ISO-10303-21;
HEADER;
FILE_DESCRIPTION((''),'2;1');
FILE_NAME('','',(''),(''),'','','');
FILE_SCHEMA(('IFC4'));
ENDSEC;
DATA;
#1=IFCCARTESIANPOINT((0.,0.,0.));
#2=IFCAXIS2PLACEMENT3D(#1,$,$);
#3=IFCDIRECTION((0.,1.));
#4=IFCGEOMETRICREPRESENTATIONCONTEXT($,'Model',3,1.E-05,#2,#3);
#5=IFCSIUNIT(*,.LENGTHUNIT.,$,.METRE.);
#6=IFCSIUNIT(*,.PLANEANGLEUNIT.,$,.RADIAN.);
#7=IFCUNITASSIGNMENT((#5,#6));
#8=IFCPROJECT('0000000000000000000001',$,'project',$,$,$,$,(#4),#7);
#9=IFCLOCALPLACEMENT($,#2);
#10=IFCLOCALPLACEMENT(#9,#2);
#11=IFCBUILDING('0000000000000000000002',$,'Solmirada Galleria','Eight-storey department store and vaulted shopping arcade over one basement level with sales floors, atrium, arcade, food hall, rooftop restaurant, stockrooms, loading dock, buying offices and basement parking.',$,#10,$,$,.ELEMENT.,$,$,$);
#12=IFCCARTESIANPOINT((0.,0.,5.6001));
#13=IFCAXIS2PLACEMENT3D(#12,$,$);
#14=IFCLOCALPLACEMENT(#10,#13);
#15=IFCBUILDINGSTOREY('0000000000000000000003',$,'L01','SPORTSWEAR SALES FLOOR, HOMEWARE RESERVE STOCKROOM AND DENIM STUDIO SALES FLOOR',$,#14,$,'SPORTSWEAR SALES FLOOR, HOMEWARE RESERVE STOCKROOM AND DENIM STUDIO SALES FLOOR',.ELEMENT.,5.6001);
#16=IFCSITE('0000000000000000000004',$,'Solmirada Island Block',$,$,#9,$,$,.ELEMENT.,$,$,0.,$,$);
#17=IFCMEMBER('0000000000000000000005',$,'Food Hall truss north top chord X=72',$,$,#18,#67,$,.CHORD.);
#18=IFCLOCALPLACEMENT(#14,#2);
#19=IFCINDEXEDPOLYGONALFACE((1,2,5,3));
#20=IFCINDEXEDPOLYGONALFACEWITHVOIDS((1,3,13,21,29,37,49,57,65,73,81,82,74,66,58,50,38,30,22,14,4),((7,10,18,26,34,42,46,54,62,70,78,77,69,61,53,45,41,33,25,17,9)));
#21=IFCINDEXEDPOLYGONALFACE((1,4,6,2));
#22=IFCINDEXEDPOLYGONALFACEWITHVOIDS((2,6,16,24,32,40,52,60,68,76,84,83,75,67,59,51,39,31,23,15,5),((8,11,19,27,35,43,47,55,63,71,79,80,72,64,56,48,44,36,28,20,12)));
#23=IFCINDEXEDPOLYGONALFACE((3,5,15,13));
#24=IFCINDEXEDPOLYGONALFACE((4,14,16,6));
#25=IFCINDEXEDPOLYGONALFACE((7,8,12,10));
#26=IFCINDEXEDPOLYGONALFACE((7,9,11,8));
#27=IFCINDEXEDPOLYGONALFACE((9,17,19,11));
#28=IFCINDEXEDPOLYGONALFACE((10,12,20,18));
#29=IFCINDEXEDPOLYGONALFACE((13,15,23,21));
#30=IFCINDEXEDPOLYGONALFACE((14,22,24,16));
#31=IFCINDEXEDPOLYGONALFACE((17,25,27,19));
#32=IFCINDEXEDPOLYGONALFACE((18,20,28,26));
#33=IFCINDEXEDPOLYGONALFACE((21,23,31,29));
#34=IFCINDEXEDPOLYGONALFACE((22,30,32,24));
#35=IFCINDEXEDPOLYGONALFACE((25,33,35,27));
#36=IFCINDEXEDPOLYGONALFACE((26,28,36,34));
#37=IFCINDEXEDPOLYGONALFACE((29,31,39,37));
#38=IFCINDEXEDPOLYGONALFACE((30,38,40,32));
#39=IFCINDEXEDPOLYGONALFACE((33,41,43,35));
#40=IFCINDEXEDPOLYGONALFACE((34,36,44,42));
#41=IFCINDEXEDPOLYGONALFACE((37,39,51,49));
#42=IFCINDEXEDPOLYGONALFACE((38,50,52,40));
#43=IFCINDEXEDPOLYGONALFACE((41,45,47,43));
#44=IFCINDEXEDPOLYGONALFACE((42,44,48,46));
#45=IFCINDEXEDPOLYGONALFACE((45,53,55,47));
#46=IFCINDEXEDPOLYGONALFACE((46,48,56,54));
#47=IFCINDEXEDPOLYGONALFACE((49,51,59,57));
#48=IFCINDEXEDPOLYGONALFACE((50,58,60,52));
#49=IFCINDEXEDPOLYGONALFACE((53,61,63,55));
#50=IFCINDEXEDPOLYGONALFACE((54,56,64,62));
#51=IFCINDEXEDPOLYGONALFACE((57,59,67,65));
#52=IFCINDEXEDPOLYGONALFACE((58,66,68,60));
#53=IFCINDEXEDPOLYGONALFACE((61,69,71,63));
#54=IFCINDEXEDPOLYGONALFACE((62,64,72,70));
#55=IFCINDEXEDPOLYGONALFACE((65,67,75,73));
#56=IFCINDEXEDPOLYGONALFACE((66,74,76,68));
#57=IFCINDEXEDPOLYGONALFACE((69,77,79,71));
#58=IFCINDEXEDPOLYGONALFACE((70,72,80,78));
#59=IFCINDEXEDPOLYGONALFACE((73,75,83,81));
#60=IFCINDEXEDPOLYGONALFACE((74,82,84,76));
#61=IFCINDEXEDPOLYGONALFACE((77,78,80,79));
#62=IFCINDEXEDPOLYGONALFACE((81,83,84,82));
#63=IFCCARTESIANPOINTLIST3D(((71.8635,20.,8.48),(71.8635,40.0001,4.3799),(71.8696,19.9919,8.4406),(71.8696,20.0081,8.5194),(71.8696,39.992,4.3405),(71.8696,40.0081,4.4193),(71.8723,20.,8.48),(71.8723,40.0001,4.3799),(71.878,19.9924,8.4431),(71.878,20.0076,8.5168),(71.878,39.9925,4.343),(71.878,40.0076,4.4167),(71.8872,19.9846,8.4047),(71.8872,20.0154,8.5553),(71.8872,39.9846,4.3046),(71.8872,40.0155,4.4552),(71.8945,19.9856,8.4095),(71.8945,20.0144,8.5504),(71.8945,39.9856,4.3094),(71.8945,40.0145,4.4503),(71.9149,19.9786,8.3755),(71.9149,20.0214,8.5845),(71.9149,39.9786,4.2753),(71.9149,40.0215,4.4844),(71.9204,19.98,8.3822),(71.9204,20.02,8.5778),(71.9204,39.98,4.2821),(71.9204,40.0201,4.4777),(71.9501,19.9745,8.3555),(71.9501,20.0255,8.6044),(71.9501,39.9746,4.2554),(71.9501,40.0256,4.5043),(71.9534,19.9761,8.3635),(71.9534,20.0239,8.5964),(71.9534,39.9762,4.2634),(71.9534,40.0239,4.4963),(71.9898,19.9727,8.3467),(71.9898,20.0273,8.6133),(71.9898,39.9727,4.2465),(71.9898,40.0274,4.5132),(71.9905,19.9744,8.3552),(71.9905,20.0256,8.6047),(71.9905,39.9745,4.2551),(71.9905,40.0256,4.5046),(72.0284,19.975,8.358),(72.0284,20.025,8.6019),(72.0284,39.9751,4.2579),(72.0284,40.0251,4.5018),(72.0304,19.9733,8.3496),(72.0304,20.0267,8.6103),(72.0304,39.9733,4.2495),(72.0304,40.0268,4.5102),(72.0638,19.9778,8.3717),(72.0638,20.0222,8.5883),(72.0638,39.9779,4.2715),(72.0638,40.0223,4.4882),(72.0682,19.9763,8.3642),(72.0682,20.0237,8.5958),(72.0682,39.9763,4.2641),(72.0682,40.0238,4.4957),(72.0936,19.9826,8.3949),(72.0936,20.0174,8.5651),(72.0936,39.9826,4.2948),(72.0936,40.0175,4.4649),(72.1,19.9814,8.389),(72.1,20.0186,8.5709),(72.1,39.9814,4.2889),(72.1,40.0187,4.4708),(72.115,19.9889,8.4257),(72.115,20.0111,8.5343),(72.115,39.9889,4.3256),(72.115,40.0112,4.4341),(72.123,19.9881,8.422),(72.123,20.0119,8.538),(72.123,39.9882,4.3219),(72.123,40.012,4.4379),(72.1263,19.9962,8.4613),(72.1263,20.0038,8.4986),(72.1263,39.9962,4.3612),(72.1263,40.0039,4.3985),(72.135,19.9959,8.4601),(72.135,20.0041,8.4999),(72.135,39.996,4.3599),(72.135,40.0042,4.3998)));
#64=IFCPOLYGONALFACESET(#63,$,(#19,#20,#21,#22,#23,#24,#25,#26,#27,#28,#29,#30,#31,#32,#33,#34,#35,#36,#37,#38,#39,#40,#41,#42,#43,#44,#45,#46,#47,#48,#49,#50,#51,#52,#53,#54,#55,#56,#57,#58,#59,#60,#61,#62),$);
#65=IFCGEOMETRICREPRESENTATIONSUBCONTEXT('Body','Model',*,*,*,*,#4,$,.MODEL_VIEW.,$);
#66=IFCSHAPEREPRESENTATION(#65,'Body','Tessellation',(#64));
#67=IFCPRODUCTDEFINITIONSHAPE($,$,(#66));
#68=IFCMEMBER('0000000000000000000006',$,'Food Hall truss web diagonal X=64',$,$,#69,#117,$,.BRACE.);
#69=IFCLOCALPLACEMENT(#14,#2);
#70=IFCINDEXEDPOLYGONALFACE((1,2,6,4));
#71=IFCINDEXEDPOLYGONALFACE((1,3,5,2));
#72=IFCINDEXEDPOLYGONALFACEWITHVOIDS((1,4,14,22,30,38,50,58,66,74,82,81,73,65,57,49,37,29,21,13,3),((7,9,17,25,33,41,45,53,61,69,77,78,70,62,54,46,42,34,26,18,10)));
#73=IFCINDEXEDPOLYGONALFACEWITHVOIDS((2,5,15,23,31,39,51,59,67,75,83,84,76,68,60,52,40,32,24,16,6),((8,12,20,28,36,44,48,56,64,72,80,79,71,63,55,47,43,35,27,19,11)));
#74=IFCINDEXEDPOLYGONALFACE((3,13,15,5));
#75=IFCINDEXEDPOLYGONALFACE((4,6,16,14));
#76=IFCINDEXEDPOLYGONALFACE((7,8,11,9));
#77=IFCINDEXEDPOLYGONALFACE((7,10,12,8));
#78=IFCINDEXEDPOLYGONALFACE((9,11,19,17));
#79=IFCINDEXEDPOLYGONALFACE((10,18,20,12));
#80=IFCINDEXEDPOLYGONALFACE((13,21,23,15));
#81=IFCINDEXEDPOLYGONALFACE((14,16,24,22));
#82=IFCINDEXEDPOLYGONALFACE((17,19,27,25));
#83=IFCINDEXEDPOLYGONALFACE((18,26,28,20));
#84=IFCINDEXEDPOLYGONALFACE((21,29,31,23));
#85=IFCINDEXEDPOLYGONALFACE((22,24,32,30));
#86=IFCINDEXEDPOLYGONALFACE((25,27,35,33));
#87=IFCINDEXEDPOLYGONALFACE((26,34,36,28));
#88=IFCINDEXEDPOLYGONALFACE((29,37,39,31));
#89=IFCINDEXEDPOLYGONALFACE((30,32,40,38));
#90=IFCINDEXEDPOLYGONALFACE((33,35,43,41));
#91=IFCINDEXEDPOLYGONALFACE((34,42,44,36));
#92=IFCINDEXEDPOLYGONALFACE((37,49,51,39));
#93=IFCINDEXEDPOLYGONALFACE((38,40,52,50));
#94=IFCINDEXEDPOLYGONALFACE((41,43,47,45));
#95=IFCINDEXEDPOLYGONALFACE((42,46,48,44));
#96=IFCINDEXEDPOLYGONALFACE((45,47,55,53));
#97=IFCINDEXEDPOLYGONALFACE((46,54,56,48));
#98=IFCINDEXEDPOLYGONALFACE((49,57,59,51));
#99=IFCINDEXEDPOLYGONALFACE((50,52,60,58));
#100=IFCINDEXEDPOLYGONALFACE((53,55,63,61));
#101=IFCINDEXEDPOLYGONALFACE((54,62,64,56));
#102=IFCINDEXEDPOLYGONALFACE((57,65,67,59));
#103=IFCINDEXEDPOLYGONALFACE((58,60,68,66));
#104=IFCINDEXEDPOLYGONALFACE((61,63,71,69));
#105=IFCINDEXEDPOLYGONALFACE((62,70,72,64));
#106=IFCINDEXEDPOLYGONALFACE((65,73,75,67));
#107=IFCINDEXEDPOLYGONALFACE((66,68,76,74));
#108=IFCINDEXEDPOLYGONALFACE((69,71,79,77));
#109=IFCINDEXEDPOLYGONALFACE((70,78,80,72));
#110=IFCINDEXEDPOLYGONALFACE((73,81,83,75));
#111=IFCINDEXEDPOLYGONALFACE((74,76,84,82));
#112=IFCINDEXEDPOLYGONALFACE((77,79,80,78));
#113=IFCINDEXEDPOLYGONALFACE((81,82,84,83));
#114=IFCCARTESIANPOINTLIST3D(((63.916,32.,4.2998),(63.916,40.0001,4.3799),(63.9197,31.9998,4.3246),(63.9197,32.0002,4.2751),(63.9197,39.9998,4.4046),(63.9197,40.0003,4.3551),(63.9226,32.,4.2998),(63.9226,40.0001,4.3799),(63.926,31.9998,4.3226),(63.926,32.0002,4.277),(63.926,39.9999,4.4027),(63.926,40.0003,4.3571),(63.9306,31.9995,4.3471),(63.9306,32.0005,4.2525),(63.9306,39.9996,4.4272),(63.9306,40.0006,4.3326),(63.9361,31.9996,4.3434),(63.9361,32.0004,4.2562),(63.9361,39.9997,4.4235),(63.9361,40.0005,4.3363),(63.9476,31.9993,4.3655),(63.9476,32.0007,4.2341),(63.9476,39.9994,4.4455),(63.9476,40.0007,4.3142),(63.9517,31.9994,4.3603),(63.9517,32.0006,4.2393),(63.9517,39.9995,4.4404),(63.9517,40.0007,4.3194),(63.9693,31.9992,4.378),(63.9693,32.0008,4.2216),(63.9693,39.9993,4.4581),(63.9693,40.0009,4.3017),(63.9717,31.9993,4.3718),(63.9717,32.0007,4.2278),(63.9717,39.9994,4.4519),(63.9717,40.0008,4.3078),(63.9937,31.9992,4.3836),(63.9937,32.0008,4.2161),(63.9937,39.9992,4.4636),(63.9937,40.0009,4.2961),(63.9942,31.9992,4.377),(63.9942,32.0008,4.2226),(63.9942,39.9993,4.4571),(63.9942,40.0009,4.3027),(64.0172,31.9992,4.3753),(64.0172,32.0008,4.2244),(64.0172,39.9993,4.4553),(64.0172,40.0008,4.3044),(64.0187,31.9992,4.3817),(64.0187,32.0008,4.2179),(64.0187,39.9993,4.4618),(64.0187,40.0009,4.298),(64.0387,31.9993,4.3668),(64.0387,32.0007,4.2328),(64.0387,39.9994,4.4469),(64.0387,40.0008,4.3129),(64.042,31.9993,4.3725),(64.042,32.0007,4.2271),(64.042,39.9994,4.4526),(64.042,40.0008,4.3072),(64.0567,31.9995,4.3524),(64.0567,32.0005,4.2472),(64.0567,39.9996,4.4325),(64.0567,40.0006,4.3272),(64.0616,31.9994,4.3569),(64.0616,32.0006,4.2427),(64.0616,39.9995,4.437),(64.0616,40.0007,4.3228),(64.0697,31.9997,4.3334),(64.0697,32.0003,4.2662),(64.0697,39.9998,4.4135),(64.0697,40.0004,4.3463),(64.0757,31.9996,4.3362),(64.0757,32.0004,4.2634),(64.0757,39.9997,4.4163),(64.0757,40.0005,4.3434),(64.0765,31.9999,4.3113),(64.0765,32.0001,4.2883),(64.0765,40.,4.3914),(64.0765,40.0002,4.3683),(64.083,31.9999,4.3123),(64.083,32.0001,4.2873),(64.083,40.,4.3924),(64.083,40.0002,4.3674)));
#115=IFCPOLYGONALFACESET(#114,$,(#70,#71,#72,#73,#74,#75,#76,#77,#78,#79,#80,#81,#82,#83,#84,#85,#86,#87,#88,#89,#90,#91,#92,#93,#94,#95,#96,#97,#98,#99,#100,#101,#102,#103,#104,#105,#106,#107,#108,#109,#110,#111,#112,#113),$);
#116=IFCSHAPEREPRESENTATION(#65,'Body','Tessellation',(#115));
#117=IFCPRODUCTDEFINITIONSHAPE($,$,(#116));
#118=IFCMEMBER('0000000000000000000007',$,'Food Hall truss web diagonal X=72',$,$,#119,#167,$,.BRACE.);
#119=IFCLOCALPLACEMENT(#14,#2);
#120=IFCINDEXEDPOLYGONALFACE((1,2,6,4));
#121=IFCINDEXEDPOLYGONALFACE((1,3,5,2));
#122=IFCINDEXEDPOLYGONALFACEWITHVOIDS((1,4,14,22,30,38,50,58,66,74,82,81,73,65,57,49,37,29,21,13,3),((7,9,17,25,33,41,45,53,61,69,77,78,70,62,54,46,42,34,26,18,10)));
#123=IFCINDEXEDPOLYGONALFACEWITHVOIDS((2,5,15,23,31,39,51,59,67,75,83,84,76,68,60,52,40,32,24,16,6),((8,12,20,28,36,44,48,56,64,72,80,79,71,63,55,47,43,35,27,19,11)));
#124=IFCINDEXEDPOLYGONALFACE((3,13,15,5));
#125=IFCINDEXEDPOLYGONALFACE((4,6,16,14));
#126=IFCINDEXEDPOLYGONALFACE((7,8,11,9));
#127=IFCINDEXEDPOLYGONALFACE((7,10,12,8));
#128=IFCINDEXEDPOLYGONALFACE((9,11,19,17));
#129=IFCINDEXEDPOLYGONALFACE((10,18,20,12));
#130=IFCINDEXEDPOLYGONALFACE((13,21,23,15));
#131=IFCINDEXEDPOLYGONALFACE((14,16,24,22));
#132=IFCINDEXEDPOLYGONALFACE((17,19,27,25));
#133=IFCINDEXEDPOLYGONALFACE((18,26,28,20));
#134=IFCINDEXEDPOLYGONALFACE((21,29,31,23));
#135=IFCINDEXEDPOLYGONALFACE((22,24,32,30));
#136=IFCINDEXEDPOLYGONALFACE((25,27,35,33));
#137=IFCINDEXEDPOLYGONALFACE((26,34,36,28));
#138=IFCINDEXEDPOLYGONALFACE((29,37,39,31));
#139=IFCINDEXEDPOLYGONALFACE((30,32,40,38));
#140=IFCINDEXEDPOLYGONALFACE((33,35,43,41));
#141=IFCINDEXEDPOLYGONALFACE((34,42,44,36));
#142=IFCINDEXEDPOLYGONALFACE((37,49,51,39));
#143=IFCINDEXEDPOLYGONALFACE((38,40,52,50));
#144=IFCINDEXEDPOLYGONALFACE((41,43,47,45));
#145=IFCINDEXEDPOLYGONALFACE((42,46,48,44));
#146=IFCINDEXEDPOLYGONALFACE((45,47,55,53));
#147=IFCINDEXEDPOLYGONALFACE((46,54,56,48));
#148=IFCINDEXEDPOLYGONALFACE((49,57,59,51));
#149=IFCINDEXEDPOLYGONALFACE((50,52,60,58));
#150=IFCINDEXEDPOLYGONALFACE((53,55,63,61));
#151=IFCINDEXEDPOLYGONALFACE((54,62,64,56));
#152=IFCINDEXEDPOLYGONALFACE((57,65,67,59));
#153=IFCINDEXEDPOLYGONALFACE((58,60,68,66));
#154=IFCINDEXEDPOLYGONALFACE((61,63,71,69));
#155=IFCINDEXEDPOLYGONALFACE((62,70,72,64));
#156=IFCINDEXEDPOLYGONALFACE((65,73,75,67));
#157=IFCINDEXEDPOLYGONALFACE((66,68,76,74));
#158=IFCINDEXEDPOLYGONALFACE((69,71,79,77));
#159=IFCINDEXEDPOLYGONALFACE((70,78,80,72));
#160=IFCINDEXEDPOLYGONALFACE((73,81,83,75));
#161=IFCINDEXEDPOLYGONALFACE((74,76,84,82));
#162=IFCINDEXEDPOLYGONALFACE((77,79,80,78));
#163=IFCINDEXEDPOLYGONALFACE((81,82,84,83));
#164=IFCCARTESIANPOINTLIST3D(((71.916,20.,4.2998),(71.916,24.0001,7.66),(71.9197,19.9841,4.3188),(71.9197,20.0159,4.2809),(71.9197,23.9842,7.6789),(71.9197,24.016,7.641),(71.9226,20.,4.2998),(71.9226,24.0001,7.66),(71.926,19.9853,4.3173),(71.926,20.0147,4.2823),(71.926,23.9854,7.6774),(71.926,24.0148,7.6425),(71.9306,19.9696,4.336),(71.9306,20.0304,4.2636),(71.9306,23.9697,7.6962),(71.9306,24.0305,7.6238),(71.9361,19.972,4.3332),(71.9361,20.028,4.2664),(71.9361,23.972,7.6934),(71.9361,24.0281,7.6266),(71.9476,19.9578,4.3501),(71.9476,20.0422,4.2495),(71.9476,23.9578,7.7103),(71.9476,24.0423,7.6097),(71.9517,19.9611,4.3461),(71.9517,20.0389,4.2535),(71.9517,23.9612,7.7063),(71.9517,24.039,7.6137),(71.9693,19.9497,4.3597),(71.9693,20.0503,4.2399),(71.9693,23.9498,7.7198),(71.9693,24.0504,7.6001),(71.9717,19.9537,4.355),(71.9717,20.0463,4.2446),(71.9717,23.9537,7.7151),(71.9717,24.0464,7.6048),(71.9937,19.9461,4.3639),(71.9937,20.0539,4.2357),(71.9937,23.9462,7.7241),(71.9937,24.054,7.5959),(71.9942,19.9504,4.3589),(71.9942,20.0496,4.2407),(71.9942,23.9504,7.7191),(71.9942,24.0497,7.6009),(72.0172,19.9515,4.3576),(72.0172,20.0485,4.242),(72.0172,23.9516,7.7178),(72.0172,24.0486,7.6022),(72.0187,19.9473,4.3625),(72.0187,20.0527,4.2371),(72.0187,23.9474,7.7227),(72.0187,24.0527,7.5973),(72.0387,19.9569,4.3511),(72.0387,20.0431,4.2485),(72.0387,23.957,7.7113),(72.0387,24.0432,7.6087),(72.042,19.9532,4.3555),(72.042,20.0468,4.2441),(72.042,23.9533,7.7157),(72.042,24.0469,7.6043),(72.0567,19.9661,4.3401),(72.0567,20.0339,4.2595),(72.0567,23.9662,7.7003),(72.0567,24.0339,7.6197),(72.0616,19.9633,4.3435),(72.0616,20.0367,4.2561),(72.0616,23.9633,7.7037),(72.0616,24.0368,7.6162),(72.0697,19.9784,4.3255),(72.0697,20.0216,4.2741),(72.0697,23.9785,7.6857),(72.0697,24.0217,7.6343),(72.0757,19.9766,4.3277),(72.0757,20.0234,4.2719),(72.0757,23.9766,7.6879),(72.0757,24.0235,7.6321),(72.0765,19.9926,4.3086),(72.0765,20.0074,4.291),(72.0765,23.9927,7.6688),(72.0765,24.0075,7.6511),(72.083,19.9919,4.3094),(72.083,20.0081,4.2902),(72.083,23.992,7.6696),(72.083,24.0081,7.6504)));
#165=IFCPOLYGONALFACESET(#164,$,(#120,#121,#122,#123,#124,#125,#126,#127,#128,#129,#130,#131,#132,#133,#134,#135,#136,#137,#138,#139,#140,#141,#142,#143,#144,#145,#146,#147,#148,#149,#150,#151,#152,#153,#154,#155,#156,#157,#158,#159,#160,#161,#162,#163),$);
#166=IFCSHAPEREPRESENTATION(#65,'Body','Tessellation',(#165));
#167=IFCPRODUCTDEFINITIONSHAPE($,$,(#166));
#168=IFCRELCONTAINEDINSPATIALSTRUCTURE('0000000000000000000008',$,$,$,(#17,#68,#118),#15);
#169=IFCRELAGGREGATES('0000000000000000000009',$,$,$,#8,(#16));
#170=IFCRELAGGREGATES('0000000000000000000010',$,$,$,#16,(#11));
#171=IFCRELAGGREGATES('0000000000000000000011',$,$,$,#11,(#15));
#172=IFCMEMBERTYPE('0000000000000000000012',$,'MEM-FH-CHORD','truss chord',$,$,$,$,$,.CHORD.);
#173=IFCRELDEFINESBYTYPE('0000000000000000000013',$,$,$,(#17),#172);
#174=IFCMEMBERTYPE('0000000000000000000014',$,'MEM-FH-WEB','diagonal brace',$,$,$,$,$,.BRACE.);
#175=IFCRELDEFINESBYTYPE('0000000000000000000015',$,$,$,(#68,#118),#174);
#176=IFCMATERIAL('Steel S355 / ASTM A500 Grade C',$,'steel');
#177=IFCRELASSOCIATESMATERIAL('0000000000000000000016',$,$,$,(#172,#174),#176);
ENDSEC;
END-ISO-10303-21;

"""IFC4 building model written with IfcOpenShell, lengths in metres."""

from ifc_helpers import new_model, si_unit, direction, frame, origin, origin_2d, place, context, subcontext, project, spatial, hollow_circle, extrude, material, material_profile, profile_set, type_object, element, save


model = new_model("IFC4")

# Units and contexts
model_context = context("Model", 3, precision=1e-05, world=origin(), true_north=direction((0.0, 1.0)))
body_context = subcontext(model_context, "Body", "Model", "MODEL_VIEW")
ifc_project = project(units=[si_unit("LENGTHUNIT", "METRE"), si_unit("PLANEANGLEUNIT", "RADIAN")], contexts=[model_context])

# Site, building, storey
site_placement = place(None, origin())
site = spatial("IfcSite", under=ifc_project, at=site_placement, Name="Solmirada Island Block", CompositionType="ELEMENT", RefElevation=0.0)
building_placement = place(site_placement, origin())
building = spatial("IfcBuilding", under=site, at=building_placement, Name="Solmirada Galleria", Description="Eight-storey department store and vaulted shopping arcade over one basement level with sales floors, atrium, arcade, food hall, rooftop restaurant, stockrooms, loading dock, buying offices and basement parking.", CompositionType="ELEMENT")
storey_placement = place(building_placement, frame((0.0, 0.0, 5.6001)))
storey = spatial("IfcBuildingStorey", under=building, at=storey_placement, Name="L01", Description="SPORTSWEAR SALES FLOOR, HOMEWARE RESERVE STOCKROOM AND DENIM STUDIO SALES FLOOR", LongName="SPORTSWEAR SALES FLOOR, HOMEWARE RESERVE STOCKROOM AND DENIM STUDIO SALES FLOOR", CompositionType="ELEMENT", Elevation=5.6001)

# Shared definitions
ifc_material_1 = material(Name="Steel S355 / ASTM A500 Grade C", Category="steel")

# Members
ifc_material_profile_1 = material_profile(ifc_material_1, hollow_circle(Radius=0.1365, WallThickness=0.0088, at=origin_2d()), Name="HSS10.750X0.375")
ifc_profile_set_1 = profile_set([ifc_material_profile_1], Name="Steel S355 / ASTM A500 Grade C")
member_type_1 = type_object("IfcMemberType", Name="MEM-FH-CHORD", Description="truss chord", PredefinedType="CHORD", material=ifc_profile_set_1)
member_1_placement = place(storey_placement, frame((72.0, 20.0, 8.48), z_axis=(0.0, 0.979626, -0.200828), x_axis=(-1.0, 0.0, 0.0)))
element("IfcMember", 1, at=member_1_placement, inside=storey, type_object=member_type_1, Name="Food Hall truss north top chord X=72", PredefinedType="CHORD", context=body_context, shape_type="SweptSolid", body=[
    extrude(hollow_circle(Radius=0.1365, WallThickness=0.0088, at=origin_2d()), origin(), (0.0, 0.0, 1.0), 20.416),
])
ifc_material_profile_2 = material_profile(ifc_material_1, hollow_circle(Radius=0.084, WallThickness=0.0066, at=origin_2d()), Name="HSS6.625X0.280")
ifc_profile_set_2 = profile_set([ifc_material_profile_2], Name="Steel S355 / ASTM A500 Grade C")
member_type_2 = type_object("IfcMemberType", Name="MEM-FH-WEB", Description="diagonal brace", PredefinedType="BRACE", material=ifc_profile_set_2)
member_2_placement = place(storey_placement, frame((64.0, 32.0, 4.2998), z_axis=(0.0, 0.99995, 0.010009), x_axis=(-1.0, 0.0, 0.0)))
element("IfcMember", 2, at=member_2_placement, inside=storey, type_object=member_type_2, Name="Food Hall truss web diagonal X=64", PredefinedType="BRACE", context=body_context, shape_type="SweptSolid", body=[
    extrude(hollow_circle(Radius=0.084, WallThickness=0.0066, at=origin_2d()), origin(), (0.0, 0.0, 1.0), 8.0005),
])
member_3_placement = place(storey_placement, frame((72.0, 20.0, 4.2998), z_axis=(0.0, 0.765695, 0.643204), x_axis=(-1.0, 0.0, 0.0)))
element("IfcMember", 3, at=member_3_placement, inside=storey, type_object=member_type_2, Name="Food Hall truss web diagonal X=72", PredefinedType="BRACE", context=body_context, shape_type="SweptSolid", body=[
    extrude(hollow_circle(Radius=0.084, WallThickness=0.0066, at=origin_2d()), origin(), (0.0, 0.0, 1.0), 5.2241),
])

save(model, "model.ifc")
